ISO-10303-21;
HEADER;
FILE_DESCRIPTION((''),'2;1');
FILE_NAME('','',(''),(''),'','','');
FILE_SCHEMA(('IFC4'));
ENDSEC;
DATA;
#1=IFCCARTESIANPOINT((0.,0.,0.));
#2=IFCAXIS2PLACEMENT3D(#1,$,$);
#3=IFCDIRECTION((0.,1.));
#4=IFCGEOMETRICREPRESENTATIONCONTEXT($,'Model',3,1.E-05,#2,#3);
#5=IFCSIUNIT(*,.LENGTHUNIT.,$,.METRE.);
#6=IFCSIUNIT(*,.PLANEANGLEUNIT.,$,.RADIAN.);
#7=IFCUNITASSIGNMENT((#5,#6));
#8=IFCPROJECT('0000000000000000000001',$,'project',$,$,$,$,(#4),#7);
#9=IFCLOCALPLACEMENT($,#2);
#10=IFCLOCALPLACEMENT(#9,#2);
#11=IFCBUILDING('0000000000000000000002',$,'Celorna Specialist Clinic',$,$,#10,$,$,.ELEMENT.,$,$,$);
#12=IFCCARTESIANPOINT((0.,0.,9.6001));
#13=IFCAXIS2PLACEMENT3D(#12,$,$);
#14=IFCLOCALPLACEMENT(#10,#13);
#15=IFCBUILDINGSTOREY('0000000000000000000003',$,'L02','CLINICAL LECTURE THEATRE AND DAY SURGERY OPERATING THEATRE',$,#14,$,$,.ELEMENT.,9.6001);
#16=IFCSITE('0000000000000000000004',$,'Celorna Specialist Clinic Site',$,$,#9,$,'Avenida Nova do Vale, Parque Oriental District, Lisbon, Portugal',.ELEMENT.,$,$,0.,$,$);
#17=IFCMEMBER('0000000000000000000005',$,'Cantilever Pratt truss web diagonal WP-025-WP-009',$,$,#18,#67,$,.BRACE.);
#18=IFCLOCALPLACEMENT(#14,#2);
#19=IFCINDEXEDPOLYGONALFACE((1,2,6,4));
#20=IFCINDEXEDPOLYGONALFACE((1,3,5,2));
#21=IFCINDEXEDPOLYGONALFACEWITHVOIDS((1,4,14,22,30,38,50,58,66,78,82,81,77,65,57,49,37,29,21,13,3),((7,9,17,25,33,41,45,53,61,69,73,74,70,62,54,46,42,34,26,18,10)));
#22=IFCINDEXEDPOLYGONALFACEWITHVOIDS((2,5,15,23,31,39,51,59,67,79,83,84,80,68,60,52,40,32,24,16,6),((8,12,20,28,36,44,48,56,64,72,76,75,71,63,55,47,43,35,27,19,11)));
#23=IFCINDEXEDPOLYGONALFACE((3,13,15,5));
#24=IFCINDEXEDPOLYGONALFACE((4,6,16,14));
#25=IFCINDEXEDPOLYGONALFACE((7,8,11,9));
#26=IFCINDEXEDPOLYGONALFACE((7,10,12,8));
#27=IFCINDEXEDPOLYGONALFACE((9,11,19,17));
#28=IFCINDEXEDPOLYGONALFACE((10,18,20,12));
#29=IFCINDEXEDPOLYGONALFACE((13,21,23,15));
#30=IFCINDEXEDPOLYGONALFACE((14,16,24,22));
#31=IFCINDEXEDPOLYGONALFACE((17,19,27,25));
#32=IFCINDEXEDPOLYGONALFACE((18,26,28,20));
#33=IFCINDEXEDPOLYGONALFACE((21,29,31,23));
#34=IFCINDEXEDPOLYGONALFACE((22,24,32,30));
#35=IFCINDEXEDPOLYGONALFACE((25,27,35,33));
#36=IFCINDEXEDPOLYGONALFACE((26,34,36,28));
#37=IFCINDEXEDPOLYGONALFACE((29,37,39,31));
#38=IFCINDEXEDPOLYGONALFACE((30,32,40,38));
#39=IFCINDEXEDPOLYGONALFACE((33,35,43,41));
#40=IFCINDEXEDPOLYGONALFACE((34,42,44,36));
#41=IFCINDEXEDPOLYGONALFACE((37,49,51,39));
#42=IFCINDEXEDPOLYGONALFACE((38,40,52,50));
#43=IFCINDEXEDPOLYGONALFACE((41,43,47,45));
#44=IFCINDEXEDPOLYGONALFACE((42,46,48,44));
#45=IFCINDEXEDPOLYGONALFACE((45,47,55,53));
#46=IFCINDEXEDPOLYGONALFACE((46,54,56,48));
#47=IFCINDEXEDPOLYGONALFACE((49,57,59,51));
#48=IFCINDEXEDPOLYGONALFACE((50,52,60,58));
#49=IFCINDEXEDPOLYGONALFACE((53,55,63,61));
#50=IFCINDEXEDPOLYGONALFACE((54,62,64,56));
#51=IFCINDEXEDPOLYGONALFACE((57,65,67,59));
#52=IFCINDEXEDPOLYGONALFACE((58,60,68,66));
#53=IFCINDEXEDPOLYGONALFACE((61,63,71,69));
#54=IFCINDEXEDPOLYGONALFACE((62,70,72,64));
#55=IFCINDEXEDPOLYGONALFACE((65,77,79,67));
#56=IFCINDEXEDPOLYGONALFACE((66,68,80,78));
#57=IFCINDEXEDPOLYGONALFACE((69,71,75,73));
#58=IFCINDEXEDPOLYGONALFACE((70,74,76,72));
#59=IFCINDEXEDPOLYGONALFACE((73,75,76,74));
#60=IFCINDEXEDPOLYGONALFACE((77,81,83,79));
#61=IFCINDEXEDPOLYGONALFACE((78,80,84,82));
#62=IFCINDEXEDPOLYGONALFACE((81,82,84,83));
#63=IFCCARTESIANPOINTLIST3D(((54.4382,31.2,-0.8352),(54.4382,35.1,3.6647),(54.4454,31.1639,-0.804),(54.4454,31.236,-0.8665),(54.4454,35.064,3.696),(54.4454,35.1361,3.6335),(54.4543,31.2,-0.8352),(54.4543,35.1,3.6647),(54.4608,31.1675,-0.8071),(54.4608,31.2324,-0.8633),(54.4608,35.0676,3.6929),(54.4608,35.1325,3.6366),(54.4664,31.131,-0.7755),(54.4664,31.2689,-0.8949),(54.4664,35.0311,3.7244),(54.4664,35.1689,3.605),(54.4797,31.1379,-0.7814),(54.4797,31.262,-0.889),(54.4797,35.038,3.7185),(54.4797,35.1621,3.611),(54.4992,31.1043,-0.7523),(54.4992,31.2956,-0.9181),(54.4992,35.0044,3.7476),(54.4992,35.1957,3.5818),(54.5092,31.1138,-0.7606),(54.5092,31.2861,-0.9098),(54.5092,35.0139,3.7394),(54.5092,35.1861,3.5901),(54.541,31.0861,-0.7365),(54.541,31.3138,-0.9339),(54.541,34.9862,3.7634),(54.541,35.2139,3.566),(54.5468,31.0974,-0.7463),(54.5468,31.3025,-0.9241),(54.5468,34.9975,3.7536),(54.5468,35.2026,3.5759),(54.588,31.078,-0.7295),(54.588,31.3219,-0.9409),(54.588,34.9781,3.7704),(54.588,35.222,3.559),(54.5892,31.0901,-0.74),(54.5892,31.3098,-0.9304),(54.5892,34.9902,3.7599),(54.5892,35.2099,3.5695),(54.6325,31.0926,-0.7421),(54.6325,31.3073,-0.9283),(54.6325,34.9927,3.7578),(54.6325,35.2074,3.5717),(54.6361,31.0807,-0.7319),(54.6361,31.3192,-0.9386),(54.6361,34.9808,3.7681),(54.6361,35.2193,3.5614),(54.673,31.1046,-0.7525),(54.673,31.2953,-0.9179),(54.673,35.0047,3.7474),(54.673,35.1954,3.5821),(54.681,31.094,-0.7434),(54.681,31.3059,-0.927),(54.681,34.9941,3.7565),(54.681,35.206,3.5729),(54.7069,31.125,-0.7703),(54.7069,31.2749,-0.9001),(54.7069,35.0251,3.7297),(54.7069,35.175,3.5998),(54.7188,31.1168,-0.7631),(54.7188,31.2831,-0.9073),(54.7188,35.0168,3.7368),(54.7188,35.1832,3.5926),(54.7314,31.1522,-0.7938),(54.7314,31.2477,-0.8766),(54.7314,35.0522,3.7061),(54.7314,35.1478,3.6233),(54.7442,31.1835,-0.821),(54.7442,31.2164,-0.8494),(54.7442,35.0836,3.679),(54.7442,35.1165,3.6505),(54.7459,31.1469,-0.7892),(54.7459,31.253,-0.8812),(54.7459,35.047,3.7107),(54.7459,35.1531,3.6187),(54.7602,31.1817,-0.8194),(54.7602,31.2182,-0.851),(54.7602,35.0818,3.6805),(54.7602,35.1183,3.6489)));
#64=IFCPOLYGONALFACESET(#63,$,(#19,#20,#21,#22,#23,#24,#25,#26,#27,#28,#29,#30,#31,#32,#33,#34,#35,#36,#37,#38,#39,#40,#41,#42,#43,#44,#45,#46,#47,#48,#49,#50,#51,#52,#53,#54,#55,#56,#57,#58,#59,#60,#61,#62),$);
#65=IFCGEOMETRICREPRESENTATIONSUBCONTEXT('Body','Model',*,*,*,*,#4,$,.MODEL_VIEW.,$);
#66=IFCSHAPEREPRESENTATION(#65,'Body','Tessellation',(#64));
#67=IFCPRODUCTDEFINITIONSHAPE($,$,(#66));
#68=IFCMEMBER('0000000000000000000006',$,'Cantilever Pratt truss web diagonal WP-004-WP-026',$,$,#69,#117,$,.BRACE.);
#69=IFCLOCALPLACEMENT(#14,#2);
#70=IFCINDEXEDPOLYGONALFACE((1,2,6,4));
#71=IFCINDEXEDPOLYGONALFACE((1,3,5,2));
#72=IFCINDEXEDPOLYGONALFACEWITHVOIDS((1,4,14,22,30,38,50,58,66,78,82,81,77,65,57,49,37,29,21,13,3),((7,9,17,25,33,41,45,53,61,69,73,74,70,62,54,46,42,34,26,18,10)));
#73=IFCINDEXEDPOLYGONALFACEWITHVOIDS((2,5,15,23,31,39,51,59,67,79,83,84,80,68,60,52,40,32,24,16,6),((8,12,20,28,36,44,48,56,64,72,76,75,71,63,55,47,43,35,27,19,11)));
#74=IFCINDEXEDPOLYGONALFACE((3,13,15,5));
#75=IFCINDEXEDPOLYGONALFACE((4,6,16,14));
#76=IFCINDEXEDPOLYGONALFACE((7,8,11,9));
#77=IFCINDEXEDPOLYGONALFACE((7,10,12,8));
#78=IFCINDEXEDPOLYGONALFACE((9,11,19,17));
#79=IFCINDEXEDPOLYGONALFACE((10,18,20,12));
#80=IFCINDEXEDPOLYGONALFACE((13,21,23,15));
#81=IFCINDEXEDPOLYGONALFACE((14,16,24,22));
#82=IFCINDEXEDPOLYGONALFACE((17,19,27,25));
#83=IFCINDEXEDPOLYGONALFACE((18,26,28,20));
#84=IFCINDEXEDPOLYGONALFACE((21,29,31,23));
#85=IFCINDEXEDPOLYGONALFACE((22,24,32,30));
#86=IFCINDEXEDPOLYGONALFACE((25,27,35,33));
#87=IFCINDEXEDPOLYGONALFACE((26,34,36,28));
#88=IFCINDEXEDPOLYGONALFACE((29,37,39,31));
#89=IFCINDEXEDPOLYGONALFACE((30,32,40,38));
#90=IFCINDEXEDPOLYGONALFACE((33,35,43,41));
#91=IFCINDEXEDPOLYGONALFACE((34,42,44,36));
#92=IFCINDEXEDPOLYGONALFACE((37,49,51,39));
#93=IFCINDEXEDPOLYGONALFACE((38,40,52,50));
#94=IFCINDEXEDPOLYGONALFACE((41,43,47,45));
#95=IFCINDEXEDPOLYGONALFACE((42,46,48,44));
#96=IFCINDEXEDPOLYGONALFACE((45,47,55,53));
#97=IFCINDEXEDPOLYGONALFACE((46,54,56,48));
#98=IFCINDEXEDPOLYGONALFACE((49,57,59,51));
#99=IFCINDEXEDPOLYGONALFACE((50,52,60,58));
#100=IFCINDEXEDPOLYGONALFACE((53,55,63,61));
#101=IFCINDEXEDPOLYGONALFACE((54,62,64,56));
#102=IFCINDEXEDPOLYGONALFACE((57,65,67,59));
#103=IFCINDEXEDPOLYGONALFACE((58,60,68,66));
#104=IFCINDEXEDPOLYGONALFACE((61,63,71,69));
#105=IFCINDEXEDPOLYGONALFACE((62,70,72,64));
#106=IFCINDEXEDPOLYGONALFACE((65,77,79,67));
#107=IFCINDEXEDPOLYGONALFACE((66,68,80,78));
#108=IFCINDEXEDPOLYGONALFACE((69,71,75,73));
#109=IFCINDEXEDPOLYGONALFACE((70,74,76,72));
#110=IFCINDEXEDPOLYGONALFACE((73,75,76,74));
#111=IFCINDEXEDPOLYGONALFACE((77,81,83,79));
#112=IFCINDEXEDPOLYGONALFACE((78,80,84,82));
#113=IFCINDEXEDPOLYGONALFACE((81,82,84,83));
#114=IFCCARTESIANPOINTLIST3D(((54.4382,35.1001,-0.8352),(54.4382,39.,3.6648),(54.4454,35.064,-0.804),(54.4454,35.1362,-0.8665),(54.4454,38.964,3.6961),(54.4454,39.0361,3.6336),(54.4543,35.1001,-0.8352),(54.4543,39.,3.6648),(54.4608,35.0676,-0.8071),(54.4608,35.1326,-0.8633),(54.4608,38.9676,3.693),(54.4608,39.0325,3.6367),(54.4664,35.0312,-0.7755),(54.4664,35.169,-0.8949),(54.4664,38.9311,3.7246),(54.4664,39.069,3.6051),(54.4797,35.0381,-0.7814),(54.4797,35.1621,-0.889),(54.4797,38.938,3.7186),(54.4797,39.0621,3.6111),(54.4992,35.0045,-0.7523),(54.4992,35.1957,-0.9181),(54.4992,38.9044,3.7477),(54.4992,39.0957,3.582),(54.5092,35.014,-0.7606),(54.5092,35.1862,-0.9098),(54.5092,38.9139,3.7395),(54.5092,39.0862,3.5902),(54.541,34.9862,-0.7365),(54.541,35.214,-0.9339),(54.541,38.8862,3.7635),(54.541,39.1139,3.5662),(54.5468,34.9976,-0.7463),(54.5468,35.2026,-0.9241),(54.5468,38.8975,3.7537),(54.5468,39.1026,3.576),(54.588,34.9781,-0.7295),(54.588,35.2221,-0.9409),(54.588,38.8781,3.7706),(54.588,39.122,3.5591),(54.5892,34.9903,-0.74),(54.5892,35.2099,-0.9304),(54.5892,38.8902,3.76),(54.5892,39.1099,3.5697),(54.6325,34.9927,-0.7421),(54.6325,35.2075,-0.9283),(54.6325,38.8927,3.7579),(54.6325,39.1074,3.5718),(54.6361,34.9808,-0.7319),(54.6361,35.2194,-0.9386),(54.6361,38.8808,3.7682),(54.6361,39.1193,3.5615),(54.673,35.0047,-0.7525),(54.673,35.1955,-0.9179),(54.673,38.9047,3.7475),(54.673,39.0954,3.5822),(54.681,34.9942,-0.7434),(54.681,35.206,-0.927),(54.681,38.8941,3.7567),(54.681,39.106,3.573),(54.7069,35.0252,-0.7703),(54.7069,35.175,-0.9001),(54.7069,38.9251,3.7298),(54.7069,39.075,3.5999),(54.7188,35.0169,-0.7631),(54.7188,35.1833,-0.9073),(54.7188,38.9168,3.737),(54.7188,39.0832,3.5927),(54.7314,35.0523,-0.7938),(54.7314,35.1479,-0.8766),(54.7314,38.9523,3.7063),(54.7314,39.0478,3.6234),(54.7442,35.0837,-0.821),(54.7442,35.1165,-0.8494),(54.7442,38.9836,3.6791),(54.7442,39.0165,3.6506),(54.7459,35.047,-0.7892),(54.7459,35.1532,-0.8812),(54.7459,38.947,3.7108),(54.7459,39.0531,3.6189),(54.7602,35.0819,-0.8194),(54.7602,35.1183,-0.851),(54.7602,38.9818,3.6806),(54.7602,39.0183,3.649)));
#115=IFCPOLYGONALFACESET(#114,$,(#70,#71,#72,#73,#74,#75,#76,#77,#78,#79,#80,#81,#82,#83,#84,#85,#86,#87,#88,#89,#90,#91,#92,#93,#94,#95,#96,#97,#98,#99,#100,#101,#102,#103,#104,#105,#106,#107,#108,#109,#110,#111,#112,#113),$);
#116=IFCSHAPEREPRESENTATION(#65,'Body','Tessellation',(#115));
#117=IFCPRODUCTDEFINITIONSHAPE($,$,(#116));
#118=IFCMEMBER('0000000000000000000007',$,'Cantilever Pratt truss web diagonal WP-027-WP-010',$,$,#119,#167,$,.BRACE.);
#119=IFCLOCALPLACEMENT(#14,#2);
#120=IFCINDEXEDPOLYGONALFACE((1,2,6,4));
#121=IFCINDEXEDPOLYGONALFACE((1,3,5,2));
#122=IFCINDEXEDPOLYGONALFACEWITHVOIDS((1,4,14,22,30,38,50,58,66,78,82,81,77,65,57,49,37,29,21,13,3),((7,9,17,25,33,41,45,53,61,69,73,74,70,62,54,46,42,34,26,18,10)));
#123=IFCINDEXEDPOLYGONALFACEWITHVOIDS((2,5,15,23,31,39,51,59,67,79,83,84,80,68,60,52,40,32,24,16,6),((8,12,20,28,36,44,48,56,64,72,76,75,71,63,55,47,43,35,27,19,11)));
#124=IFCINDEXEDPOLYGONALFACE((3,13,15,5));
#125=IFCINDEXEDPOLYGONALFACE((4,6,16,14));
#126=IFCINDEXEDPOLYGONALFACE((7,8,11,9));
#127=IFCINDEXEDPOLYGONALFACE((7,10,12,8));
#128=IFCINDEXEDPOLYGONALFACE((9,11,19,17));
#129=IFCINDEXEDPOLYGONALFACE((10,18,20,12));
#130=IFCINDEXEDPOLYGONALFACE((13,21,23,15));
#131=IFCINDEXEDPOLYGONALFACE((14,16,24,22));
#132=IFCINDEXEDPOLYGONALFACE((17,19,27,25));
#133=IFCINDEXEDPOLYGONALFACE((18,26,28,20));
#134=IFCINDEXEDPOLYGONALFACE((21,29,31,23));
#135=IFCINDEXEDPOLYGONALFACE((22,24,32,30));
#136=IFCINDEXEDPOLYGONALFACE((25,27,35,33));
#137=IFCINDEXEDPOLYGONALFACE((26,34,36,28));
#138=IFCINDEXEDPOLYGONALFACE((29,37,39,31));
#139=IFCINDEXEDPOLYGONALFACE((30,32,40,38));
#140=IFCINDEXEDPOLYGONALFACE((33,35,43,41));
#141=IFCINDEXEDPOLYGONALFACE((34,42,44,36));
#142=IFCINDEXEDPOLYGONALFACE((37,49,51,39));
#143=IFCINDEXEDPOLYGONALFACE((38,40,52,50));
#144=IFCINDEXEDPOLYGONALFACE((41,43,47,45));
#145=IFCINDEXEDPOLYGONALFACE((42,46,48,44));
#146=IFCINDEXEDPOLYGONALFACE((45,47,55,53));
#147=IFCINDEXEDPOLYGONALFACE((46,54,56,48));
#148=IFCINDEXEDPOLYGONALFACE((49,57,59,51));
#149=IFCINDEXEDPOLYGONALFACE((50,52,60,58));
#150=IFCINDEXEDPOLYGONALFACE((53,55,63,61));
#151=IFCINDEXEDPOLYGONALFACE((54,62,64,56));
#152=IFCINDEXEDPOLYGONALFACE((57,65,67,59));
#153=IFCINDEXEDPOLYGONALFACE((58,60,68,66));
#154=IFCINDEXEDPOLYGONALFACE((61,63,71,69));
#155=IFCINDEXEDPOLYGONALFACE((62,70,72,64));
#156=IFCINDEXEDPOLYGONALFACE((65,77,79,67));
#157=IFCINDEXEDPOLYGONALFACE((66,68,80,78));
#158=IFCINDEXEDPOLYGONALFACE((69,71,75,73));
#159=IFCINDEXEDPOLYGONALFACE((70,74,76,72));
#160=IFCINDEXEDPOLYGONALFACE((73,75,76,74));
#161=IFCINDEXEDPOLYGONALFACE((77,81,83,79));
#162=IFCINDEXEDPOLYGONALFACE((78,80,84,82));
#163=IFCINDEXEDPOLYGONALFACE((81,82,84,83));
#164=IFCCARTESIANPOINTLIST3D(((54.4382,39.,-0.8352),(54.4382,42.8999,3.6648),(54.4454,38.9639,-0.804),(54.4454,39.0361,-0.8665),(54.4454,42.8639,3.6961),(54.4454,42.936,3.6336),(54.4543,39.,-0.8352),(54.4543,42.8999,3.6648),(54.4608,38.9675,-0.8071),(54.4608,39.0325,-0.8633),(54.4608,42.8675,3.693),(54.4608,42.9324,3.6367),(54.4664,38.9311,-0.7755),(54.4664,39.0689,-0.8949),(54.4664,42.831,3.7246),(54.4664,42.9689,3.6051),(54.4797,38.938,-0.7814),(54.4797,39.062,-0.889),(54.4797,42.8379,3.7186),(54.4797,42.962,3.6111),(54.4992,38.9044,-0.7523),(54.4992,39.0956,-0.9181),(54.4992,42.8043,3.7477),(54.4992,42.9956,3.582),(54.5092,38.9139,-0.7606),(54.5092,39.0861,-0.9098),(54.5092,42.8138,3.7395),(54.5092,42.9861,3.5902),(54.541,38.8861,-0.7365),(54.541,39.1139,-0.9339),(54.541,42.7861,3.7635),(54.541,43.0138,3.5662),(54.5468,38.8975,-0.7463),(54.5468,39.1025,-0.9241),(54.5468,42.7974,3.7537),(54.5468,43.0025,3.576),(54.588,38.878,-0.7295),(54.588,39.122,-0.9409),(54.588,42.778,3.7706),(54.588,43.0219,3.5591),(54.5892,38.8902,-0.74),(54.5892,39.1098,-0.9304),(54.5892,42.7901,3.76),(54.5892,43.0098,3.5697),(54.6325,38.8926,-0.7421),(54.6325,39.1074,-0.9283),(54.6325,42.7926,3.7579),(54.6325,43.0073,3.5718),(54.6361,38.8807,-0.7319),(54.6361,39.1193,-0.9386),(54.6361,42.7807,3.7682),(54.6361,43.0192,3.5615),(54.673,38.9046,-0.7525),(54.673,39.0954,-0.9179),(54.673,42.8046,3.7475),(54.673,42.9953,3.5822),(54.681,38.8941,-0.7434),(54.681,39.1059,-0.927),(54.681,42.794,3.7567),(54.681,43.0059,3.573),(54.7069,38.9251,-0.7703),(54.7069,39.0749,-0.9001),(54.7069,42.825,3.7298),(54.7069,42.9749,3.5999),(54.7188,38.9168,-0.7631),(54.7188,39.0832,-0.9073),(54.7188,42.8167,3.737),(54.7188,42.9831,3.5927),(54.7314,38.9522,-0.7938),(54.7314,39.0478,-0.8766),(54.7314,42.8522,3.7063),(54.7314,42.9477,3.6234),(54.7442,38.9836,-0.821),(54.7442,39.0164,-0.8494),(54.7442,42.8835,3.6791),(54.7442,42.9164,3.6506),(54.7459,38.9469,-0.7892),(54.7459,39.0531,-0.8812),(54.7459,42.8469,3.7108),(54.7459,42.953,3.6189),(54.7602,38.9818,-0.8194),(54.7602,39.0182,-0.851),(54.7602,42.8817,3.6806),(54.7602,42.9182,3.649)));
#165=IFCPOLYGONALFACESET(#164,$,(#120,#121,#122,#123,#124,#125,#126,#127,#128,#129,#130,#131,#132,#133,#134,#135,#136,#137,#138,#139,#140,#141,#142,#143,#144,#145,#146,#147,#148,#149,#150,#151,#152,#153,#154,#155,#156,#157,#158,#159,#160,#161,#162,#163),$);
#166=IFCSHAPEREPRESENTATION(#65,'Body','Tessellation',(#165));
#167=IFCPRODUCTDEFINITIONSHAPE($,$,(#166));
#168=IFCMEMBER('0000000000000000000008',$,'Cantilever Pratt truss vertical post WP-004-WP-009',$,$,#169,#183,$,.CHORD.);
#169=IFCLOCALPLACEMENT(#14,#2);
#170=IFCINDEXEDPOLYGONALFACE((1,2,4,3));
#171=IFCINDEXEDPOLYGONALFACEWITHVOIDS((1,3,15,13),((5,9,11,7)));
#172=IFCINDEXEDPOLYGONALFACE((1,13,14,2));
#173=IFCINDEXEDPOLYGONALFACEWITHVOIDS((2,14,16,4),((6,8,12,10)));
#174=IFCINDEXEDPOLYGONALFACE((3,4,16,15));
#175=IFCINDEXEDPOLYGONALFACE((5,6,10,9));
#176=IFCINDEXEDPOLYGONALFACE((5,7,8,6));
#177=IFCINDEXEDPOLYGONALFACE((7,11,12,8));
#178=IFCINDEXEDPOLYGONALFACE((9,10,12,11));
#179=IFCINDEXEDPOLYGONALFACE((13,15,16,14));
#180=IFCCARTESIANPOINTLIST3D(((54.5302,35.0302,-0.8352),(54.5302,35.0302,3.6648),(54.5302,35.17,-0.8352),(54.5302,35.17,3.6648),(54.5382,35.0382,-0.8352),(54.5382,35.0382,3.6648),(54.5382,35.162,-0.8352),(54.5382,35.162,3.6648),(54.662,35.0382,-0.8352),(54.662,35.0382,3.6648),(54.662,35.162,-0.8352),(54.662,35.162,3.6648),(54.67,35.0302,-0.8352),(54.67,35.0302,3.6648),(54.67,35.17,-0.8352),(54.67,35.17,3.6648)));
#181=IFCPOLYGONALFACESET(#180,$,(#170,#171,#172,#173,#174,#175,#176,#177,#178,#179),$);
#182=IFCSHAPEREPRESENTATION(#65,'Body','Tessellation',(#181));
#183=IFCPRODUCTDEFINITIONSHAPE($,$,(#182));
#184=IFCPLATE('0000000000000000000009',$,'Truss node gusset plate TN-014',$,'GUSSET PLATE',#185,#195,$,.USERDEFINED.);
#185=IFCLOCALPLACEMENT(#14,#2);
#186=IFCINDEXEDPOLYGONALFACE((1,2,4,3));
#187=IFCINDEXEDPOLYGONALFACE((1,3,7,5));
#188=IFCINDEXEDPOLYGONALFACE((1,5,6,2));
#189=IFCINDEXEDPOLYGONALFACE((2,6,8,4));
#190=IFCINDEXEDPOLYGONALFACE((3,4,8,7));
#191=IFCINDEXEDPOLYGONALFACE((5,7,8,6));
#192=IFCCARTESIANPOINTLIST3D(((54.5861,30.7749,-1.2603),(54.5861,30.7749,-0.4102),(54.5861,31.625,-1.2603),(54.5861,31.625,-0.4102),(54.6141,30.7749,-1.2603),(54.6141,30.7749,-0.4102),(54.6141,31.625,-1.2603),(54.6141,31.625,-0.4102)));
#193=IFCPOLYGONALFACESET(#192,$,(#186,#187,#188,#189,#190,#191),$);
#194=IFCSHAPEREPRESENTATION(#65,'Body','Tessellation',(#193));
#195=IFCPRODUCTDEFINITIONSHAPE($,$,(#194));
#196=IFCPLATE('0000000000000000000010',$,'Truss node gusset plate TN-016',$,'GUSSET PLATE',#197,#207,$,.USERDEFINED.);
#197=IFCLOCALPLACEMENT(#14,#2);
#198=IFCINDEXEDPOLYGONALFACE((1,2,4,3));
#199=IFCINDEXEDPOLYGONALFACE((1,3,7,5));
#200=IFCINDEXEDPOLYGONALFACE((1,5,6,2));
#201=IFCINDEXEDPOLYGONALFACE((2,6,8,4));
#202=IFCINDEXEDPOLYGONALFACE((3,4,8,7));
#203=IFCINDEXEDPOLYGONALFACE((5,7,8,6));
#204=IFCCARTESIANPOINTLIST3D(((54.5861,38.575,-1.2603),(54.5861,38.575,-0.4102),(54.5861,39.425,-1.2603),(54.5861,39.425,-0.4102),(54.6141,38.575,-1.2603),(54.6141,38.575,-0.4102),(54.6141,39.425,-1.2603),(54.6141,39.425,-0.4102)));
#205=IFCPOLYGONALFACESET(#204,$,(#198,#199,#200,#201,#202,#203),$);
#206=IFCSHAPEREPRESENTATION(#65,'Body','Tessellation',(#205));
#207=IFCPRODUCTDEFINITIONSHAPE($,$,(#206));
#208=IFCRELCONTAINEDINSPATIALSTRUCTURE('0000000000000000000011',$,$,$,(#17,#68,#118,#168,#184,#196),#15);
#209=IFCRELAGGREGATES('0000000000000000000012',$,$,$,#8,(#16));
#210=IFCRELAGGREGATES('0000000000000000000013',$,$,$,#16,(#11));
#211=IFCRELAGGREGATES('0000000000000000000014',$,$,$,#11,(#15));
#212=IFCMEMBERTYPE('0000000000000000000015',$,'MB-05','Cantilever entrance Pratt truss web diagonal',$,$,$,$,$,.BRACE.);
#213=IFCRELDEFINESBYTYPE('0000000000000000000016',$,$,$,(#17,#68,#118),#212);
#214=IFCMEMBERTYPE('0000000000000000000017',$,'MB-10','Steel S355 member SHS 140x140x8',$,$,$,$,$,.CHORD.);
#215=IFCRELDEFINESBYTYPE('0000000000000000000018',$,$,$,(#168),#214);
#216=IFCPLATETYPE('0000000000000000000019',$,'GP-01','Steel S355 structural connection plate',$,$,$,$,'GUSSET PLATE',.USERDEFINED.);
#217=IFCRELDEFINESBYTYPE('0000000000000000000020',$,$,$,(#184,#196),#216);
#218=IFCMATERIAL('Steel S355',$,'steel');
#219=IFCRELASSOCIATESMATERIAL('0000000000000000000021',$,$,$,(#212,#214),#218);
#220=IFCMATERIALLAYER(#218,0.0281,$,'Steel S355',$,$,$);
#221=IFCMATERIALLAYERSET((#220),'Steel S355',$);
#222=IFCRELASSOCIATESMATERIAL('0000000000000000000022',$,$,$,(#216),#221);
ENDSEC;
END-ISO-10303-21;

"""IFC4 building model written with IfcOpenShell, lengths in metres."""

from ifc_helpers import new_model, si_unit, direction, frame, origin, origin_2d, place, context, subcontext, project, spatial, rectangle, hollow_rectangle, hollow_circle, extrude, material, layer, layer_set, material_profile, profile_set, type_object, element, save


model = new_model("IFC4")

# Units and contexts
model_context = context("Model", 3, precision=1e-05, world=origin(), true_north=direction((0.0, 1.0)))
body_context = subcontext(model_context, "Body", "Model", "MODEL_VIEW")
ifc_project = project(units=[si_unit("LENGTHUNIT", "METRE"), si_unit("PLANEANGLEUNIT", "RADIAN")], contexts=[model_context])

# Site, building, storey
site_placement = place(None, origin())
site = spatial("IfcSite", under=ifc_project, at=site_placement, Name="Celorna Specialist Clinic Site", LongName="Avenida Nova do Vale, Parque Oriental District, Lisbon, Portugal", CompositionType="ELEMENT", RefElevation=0.0)
building_placement = place(site_placement, origin())
building = spatial("IfcBuilding", under=site, at=building_placement, Name="Celorna Specialist Clinic", CompositionType="ELEMENT")
storey_placement = place(building_placement, frame((0.0, 0.0, 9.6001)))
storey = spatial("IfcBuildingStorey", under=building, at=storey_placement, Name="L02", Description="CLINICAL LECTURE THEATRE AND DAY SURGERY OPERATING THEATRE", CompositionType="ELEMENT", Elevation=9.6001)

# Shared definitions
ifc_material_1 = material(Name="Steel S355", Category="steel")

# Members
ifc_material_profile_1 = material_profile(ifc_material_1, hollow_circle(Radius=0.1619, WallThickness=0.0161, at=origin_2d()), Name="CHS 323.9x16")
ifc_profile_set_1 = profile_set([ifc_material_profile_1], Name="Steel S355")
member_type_1 = type_object("IfcMemberType", Name="MB-05", Description="Cantilever entrance Pratt truss web diagonal", PredefinedType="BRACE", material=ifc_profile_set_1)
for number, where, z_axis, x_axis, name in (
    (1, (54.6001, 31.2, -0.8352), (0.0, 0.654945, 0.755677), (-1.0, 0.0, 0.0), "Cantilever Pratt truss web diagonal WP-025-WP-009"),
    (2, (54.6001, 35.1001, -0.8352), (0.0, 0.654921, 0.755697), (-1.0, 0.0, 0.0), "Cantilever Pratt truss web diagonal WP-004-WP-026"),
    (3, (54.6001, 39.0, -0.8352), (0.0, 0.654921, 0.755697), (-1.0, 0.0, 0.0), "Cantilever Pratt truss web diagonal WP-027-WP-010"),
):
    element("IfcMember", number, at=place(storey_placement, frame(where, z_axis=z_axis, x_axis=x_axis)), inside=storey, type_object=member_type_1, Name=name, PredefinedType="BRACE", context=body_context, shape_type="SweptSolid", body=[
        extrude(hollow_circle(Radius=0.1619, WallThickness=0.0161, at=origin_2d()), origin(), (0.0, 0.0, 1.0), 5.9548),
    ])
ifc_material_profile_2 = material_profile(ifc_material_1, hollow_rectangle(XDim=0.1399, YDim=0.1399, WallThickness=0.0081, at=origin_2d()), Name="SHS 140x140x8")
ifc_profile_set_2 = profile_set([ifc_material_profile_2], Name="Steel S355")
member_type_2 = type_object("IfcMemberType", Name="MB-10", Description="Steel S355 member SHS 140x140x8", PredefinedType="CHORD", material=ifc_profile_set_2)
member_placement = place(storey_placement, frame((54.6001, 35.1001, -0.8352), z_axis=(0.0, 0.0, 1.0), x_axis=(1.0, 0.0, 0.0)))
element("IfcMember", 4, at=member_placement, inside=storey, type_object=member_type_2, Name="Cantilever Pratt truss vertical post WP-004-WP-009", PredefinedType="CHORD", context=body_context, shape_type="SweptSolid", body=[
    extrude(hollow_rectangle(XDim=0.1399, YDim=0.1399, WallThickness=0.0081, at=origin_2d()), origin(), (0.0, 0.0, 1.0), 4.5),
])

# Plates
ifc_layer_1 = layer(ifc_material_1, 0.0281, Name="Steel S355")
ifc_layer_set_1 = layer_set([ifc_layer_1], Name="Steel S355")
plate_type_1 = type_object("IfcPlateType", Name="GP-01", Description="Steel S355 structural connection plate", ElementType="GUSSET PLATE", PredefinedType="USERDEFINED", material=ifc_layer_set_1)
for number, where, z_axis, x_axis, name in (
    (5, (54.6001, 31.2, -1.2603), (0.0, 0.0, 1.0), (0.0, 1.0, 0.0), "Truss node gusset plate TN-014"),
    (6, (54.6001, 39.0, -1.2603), (0.0, 0.0, 1.0), (0.0, 1.0, 0.0), "Truss node gusset plate TN-016"),
):
    element("IfcPlate", number, at=place(storey_placement, frame(where, z_axis=z_axis, x_axis=x_axis)), inside=storey, type_object=plate_type_1, Name=name, ObjectType="GUSSET PLATE", PredefinedType="USERDEFINED", context=body_context, shape_type="SweptSolid", body=[
        extrude(rectangle(XDim=0.8501, YDim=0.0281, at=origin_2d()), origin(), (0.0, 0.0, 1.0), 0.8501),
    ])

save(model, "model.ifc")
